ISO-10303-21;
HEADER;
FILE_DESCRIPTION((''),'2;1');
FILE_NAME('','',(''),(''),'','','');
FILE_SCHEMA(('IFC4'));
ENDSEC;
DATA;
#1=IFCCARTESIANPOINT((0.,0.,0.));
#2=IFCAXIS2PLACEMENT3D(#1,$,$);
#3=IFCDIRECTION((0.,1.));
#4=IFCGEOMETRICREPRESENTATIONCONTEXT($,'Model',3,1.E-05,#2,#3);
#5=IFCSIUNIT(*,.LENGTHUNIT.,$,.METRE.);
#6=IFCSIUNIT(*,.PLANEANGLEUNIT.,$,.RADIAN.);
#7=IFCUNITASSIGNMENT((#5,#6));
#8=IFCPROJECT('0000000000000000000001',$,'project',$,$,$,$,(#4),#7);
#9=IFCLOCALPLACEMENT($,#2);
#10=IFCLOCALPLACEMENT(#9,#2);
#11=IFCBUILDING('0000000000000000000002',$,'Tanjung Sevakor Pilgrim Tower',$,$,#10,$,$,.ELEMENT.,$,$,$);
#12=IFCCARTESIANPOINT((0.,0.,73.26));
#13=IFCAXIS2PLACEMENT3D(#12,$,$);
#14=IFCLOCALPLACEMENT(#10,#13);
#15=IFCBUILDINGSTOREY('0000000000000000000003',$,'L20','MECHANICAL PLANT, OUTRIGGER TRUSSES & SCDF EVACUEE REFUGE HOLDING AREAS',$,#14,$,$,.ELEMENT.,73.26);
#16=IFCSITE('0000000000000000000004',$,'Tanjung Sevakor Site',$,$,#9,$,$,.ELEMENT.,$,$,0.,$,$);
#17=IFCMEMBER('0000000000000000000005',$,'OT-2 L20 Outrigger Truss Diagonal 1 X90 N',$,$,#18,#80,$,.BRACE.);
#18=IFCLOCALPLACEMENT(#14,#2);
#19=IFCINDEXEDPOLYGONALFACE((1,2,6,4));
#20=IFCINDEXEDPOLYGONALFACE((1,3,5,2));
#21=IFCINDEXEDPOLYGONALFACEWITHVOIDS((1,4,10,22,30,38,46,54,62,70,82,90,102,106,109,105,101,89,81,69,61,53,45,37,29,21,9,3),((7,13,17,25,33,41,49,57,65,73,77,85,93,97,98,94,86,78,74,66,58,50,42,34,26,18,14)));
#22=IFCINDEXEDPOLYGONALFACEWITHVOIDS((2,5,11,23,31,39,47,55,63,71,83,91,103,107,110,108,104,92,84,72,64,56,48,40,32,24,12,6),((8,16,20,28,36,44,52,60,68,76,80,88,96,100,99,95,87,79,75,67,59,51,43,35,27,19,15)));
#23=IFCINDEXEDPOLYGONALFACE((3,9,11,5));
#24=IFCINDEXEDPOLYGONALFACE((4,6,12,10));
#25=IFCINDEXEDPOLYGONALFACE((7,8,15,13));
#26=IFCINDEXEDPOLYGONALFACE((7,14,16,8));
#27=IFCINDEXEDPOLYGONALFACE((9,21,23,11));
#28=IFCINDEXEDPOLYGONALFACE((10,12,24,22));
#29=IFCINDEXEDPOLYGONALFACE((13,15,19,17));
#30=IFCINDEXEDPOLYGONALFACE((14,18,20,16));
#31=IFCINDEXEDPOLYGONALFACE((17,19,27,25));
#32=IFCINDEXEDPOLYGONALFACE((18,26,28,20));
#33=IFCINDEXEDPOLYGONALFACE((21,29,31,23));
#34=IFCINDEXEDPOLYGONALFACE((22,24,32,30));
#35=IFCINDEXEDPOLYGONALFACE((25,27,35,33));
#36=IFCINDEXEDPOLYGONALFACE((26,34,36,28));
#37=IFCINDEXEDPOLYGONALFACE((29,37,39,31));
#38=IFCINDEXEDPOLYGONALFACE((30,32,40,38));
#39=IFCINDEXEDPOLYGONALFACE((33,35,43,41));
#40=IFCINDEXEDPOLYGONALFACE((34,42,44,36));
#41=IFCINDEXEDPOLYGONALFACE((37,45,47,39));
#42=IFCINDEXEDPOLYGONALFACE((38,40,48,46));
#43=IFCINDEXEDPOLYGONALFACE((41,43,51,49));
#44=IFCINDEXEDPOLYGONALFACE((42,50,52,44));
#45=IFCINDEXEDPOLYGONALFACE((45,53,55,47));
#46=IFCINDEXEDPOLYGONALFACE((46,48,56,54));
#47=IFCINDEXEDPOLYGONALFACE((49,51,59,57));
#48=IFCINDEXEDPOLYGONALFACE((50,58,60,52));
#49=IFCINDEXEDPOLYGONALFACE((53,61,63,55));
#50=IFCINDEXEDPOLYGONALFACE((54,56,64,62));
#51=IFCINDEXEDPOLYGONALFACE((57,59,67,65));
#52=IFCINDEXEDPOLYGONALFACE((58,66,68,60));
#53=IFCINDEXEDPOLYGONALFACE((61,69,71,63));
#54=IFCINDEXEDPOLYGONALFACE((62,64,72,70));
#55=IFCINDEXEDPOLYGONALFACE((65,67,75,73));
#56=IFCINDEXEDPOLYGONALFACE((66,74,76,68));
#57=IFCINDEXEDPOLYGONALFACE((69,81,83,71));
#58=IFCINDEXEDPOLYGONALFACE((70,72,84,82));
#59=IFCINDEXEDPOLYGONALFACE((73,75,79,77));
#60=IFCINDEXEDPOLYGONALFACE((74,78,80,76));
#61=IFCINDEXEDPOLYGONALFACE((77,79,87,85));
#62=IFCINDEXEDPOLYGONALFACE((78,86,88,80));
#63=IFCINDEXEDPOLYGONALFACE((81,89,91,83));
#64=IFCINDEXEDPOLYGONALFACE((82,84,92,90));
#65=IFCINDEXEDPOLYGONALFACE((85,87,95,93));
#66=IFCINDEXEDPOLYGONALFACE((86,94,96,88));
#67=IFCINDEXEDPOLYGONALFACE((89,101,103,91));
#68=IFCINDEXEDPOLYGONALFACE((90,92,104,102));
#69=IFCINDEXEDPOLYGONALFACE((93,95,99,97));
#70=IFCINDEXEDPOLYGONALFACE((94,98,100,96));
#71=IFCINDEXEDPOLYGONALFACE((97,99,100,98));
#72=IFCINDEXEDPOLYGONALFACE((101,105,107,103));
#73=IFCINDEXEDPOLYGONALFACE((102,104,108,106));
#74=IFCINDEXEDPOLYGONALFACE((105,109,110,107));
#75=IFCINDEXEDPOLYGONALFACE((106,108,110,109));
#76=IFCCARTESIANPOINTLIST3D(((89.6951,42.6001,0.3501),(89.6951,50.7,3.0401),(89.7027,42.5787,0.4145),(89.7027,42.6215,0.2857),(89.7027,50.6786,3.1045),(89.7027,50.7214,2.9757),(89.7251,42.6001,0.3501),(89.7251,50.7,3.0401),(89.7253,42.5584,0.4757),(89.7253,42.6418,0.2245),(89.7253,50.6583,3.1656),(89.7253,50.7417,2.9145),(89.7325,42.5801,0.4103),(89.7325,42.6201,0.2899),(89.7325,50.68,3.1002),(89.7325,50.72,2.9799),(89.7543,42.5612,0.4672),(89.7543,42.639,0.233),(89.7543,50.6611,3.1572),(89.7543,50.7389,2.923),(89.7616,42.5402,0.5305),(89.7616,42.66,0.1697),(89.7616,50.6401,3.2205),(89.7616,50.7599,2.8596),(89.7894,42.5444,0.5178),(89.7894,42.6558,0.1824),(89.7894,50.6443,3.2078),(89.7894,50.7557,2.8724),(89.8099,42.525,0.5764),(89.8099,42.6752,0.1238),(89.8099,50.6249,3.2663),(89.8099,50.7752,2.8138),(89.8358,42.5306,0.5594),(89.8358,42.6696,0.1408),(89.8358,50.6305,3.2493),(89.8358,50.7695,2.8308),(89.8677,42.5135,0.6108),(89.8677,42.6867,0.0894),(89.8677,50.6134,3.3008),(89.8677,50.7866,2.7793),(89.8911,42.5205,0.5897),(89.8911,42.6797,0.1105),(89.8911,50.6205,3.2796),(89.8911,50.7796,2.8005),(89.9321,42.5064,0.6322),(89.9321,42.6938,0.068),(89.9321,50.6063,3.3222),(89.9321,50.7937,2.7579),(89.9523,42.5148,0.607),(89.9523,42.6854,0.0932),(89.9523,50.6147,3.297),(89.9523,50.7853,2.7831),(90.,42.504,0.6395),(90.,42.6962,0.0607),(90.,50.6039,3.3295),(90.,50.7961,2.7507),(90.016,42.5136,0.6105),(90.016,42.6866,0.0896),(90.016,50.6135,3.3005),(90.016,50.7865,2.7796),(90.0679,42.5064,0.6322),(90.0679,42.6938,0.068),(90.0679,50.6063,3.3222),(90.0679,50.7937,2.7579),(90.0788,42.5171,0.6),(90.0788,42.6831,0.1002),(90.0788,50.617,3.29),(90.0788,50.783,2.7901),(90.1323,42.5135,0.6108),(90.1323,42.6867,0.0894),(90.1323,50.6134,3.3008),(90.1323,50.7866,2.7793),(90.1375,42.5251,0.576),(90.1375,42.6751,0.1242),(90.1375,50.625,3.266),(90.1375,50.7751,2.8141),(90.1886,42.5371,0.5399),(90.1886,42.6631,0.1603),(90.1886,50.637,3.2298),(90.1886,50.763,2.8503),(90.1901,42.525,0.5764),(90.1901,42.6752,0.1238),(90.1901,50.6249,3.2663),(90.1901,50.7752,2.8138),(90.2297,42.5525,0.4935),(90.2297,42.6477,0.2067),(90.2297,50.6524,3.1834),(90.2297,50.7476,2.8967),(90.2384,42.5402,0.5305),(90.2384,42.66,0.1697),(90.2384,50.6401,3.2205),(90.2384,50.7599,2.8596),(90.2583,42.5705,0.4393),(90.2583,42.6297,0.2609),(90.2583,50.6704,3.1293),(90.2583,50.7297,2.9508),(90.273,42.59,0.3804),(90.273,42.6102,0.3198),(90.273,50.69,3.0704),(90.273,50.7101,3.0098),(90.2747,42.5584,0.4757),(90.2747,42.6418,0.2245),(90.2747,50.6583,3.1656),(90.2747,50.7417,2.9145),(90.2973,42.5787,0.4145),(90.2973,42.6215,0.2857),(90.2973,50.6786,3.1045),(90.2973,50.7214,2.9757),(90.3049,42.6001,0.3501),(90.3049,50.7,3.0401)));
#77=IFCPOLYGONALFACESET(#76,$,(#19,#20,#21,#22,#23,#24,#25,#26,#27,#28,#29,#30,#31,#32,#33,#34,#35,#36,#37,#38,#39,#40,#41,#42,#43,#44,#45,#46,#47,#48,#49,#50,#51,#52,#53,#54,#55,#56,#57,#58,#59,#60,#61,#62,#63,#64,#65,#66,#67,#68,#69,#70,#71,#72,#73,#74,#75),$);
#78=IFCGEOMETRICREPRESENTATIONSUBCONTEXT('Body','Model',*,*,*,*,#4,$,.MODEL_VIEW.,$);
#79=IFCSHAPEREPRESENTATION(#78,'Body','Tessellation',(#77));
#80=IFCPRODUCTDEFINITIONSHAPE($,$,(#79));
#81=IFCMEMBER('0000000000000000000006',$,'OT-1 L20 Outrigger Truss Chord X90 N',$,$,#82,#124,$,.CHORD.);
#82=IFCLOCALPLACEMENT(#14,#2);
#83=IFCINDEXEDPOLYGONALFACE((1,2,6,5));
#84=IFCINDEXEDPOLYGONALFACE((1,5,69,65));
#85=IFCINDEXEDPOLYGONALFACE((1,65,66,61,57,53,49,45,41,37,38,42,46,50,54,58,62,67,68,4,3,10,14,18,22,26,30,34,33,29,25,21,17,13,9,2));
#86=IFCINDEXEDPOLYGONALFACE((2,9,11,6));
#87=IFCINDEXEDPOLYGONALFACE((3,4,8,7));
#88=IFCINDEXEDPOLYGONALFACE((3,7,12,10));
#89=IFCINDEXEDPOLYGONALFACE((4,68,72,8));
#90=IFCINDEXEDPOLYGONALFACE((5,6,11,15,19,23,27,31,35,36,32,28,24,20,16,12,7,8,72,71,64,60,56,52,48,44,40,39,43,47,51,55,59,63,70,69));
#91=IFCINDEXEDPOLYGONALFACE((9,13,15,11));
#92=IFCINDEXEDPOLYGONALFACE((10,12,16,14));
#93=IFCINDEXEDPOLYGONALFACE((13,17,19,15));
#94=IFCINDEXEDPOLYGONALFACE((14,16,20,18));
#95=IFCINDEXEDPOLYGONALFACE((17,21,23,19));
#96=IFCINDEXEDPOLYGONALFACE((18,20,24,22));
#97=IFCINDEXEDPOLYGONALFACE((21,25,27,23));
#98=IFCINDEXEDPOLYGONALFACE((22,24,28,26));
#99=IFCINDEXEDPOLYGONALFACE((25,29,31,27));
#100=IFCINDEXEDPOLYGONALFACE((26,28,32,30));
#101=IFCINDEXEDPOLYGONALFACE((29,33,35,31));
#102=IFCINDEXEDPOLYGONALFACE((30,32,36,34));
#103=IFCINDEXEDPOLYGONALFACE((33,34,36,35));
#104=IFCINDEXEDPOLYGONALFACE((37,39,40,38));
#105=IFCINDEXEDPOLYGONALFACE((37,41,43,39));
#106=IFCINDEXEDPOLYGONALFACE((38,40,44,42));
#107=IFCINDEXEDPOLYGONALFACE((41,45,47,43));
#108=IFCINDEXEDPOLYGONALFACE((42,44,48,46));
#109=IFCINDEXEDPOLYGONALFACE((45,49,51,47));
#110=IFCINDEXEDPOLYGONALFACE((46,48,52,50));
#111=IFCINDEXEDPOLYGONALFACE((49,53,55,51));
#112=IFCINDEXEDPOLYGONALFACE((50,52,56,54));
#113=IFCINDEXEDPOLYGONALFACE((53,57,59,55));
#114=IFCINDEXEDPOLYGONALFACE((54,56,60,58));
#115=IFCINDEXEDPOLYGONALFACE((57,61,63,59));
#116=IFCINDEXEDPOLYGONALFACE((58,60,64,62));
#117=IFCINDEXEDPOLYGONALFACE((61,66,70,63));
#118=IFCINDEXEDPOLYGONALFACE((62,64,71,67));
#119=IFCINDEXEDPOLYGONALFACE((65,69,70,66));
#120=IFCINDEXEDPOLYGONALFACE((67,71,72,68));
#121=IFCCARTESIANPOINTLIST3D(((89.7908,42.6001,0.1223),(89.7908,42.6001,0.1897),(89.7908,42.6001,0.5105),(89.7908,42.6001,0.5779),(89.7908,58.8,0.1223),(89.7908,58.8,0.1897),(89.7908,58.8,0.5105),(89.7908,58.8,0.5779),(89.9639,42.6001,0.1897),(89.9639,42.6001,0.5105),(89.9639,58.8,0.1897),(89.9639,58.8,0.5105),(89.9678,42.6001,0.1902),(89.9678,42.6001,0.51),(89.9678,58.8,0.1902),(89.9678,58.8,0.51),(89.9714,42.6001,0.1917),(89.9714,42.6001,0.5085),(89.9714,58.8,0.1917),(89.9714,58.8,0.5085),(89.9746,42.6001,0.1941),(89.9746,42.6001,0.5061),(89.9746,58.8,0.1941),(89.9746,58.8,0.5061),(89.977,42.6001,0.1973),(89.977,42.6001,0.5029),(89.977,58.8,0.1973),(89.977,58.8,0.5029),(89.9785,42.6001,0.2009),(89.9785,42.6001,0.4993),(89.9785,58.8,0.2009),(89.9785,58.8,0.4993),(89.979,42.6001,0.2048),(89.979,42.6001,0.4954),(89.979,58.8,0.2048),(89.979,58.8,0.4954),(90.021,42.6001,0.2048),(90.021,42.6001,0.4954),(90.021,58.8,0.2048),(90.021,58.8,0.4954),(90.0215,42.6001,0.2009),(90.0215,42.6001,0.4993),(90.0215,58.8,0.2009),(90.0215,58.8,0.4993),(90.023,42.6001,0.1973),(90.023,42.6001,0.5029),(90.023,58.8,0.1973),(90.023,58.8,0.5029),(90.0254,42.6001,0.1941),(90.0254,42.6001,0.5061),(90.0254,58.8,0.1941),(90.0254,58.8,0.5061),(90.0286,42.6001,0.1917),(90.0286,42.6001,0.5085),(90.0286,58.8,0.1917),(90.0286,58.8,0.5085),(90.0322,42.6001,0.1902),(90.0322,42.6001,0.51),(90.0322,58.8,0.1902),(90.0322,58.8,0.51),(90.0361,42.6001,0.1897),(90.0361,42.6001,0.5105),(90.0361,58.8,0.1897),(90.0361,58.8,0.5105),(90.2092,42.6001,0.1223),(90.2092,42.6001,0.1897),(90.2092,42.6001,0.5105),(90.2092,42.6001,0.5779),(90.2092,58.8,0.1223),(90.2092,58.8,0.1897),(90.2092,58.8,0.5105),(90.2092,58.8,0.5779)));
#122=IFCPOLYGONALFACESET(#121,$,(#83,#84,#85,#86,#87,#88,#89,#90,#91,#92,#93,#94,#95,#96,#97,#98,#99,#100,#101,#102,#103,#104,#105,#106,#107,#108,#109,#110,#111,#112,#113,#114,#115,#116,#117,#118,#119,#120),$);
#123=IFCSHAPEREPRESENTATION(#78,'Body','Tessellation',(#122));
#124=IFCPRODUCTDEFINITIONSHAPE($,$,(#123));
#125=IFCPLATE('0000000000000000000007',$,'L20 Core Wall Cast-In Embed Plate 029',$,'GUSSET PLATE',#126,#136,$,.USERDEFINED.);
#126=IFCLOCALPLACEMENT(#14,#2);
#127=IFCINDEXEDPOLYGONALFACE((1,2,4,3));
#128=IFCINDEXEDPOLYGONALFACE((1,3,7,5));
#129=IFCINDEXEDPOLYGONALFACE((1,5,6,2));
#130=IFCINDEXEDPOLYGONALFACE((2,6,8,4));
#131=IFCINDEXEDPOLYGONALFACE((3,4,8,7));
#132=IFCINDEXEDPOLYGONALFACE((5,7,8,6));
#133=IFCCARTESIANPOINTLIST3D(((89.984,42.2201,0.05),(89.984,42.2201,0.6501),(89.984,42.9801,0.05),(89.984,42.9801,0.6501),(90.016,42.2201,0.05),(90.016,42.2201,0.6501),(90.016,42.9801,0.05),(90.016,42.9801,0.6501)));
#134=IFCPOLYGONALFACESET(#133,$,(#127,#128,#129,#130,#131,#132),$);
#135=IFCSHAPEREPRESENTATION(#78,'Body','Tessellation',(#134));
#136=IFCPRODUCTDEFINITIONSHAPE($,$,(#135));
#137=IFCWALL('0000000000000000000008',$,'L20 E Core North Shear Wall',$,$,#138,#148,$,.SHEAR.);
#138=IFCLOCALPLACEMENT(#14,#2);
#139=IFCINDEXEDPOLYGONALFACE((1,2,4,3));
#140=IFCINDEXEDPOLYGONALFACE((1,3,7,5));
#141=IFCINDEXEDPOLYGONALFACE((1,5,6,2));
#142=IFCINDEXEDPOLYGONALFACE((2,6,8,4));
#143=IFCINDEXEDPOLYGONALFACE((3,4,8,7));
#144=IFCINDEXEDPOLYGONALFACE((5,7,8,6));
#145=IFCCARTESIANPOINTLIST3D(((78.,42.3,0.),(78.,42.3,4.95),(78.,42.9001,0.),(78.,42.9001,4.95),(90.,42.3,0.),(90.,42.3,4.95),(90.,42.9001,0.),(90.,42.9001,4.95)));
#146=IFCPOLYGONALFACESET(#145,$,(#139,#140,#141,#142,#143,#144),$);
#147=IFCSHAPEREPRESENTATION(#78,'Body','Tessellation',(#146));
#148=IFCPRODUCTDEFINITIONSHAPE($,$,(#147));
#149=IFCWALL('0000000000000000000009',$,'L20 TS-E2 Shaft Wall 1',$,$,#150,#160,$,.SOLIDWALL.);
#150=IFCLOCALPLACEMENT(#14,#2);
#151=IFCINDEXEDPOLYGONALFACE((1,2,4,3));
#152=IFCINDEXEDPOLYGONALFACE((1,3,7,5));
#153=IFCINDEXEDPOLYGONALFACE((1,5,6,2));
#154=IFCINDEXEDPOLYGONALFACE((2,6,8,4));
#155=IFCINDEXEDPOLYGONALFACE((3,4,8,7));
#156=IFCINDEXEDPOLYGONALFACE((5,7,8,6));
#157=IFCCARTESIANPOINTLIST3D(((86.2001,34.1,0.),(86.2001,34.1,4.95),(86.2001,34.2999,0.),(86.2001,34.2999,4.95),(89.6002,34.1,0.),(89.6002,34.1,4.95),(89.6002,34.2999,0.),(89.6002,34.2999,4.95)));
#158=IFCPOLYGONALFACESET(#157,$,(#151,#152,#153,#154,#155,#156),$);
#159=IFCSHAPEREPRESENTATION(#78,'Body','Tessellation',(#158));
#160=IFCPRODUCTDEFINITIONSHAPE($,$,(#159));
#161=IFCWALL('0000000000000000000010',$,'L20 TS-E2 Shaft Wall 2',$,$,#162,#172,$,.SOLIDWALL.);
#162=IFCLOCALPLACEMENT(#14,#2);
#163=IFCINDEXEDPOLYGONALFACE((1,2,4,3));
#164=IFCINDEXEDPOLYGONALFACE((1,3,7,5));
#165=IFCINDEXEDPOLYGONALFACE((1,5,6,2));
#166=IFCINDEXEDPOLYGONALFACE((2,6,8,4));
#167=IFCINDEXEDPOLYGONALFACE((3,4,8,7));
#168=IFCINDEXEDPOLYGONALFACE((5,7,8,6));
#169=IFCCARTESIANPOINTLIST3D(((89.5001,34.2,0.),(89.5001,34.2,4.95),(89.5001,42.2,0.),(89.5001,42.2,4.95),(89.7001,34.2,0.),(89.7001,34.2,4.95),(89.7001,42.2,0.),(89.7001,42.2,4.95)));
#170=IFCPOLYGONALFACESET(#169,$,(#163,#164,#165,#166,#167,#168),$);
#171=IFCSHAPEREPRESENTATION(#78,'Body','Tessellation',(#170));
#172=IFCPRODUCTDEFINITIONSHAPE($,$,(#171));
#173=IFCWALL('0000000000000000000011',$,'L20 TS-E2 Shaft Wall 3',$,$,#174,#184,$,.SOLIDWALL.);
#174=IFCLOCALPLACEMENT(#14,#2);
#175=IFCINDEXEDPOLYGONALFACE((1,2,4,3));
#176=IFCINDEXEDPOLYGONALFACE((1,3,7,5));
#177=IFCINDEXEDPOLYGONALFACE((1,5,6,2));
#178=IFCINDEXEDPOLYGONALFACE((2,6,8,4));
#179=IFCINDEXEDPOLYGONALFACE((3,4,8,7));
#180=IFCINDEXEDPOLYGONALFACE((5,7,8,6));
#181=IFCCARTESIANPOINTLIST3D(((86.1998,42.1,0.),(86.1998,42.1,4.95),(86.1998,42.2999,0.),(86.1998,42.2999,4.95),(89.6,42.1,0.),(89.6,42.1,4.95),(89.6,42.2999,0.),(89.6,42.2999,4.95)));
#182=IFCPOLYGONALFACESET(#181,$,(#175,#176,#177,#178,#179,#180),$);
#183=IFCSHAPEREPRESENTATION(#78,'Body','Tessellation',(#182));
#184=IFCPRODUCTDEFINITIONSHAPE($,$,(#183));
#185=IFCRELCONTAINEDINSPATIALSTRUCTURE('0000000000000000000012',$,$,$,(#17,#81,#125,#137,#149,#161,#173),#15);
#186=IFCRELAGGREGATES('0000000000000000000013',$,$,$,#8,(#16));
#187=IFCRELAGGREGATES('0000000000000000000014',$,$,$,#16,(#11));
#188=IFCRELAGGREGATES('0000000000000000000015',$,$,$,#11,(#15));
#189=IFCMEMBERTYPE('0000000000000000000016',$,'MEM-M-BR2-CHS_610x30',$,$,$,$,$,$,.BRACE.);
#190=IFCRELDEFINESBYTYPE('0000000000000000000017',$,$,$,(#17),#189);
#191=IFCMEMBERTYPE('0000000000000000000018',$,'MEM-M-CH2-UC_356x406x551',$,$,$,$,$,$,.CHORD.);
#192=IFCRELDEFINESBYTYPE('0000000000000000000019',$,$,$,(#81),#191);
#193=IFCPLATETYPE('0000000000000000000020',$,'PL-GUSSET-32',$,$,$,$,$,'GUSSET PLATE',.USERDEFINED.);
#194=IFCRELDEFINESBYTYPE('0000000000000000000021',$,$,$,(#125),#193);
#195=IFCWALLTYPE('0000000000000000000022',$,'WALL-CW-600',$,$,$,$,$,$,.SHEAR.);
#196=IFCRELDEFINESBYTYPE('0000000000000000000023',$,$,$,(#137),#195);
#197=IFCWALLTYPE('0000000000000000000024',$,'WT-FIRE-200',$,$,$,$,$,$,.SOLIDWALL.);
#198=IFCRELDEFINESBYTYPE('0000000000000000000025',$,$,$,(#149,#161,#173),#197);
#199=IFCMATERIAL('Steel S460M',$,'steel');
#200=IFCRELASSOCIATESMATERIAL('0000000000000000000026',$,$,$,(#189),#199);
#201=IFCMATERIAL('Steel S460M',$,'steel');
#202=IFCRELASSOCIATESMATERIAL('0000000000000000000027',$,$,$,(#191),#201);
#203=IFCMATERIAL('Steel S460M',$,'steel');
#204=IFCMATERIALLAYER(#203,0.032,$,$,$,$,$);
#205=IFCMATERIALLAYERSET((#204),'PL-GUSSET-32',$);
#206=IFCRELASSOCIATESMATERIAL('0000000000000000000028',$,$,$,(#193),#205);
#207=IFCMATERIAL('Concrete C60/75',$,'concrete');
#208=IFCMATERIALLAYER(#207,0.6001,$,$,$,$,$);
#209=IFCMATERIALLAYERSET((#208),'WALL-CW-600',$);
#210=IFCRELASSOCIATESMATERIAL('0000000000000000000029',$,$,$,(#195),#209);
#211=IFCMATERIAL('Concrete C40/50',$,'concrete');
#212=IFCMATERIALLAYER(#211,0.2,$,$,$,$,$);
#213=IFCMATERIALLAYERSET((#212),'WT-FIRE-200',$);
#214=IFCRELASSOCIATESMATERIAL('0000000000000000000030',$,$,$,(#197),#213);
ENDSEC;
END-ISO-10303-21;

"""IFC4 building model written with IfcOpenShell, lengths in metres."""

from ifc_helpers import new_model, si_unit, direction, frame, frame_2d, origin, origin_2d, place, context, subcontext, project, spatial, rectangle, hollow_circle, i_section, extrude, material, layer, layer_set, material_profile, profile_set, type_object, element, save


model = new_model("IFC4")

# Units and contexts
model_context = context("Model", 3, precision=1e-05, world=origin(), true_north=direction((0.0, 1.0)))
body_context = subcontext(model_context, "Body", "Model", "MODEL_VIEW")
ifc_project = project(units=[si_unit("LENGTHUNIT", "METRE"), si_unit("PLANEANGLEUNIT", "RADIAN")], contexts=[model_context])

# Site, building, storey
site_placement = place(None, origin())
site = spatial("IfcSite", under=ifc_project, at=site_placement, Name="Tanjung Sevakor Site", CompositionType="ELEMENT", RefElevation=0.0)
building_placement = place(site_placement, origin())
building = spatial("IfcBuilding", under=site, at=building_placement, Name="Tanjung Sevakor Pilgrim Tower", CompositionType="ELEMENT")
storey_placement = place(building_placement, frame((0.0, 0.0, 73.26)))
storey = spatial("IfcBuildingStorey", under=building, at=storey_placement, Name="L20", Description="MECHANICAL PLANT, OUTRIGGER TRUSSES & SCDF EVACUEE REFUGE HOLDING AREAS", CompositionType="ELEMENT", Elevation=73.26)

# Members
ifc_material_1 = material(Name="Steel S460M", Category="steel")
ifc_material_profile_1 = material_profile(ifc_material_1, hollow_circle(Radius=0.3049, WallThickness=0.03, at=origin_2d()))
ifc_profile_set_1 = profile_set([ifc_material_profile_1], Name="Steel S460M")
member_type_1 = type_object("IfcMemberType", Name="MEM-M-BR2-CHS_610x30", PredefinedType="BRACE", material=ifc_profile_set_1)
member_1_placement = place(storey_placement, frame((90.0, 42.6001, 0.3501), z_axis=(0.0, 0.949035, 0.315172), x_axis=(-1.0, 0.0, 0.0)))
element("IfcMember", 1, at=member_1_placement, inside=storey, type_object=member_type_1, Name="OT-2 L20 Outrigger Truss Diagonal 1 X90 N", PredefinedType="BRACE", context=body_context, shape_type="SweptSolid", body=[
    extrude(hollow_circle(Radius=0.3049, WallThickness=0.03, at=origin_2d()), origin(), (0.0, 0.0, 1.0), 8.5349),
])
ifc_material_2 = material(Name="Steel S460M", Category="steel")
ifc_material_profile_2 = material_profile(ifc_material_2, i_section(OverallWidth=0.4185, OverallDepth=0.4556, WebThickness=0.042, FlangeThickness=0.0674, FilletRadius=0.0151, at=origin_2d()))
ifc_profile_set_2 = profile_set([ifc_material_profile_2], Name="Steel S460M")
member_type_2 = type_object("IfcMemberType", Name="MEM-M-CH2-UC_356x406x551", PredefinedType="CHORD", material=ifc_profile_set_2)
member_2_placement = place(storey_placement, frame((90.0, 42.6001, 0.3501), z_axis=(0.0, 1.0, 0.0), x_axis=(-1.0, 0.0, 0.0)))
element("IfcMember", 2, at=member_2_placement, inside=storey, type_object=member_type_2, Name="OT-1 L20 Outrigger Truss Chord X90 N", PredefinedType="CHORD", context=body_context, shape_type="SweptSolid", body=[
    extrude(i_section(OverallWidth=0.4185, OverallDepth=0.4556, WebThickness=0.042, FlangeThickness=0.0674, FilletRadius=0.0151, at=origin_2d()), origin(), (0.0, 0.0, 1.0), 16.2),
])

# Plate
ifc_material_3 = material(Name="Steel S460M", Category="steel")
ifc_layer_1 = layer(ifc_material_3, 0.032)
ifc_layer_set_1 = layer_set([ifc_layer_1], Name="PL-GUSSET-32")
plate_type = type_object("IfcPlateType", Name="PL-GUSSET-32", ElementType="GUSSET PLATE", PredefinedType="USERDEFINED", material=ifc_layer_set_1)
plate_placement = place(storey_placement, frame((90.0, 42.6001, 0.05), z_axis=(0.0, 0.0, 1.0), x_axis=(1.0, 0.0, 0.0)))
element("IfcPlate", 3, at=plate_placement, inside=storey, type_object=plate_type, Name="L20 Core Wall Cast-In Embed Plate 029", ObjectType="GUSSET PLATE", PredefinedType="USERDEFINED", context=body_context, shape_type="SweptSolid", body=[
    extrude(rectangle(XDim=0.032, YDim=0.76, at=origin_2d()), origin(), (0.0, 0.0, 1.0), 0.6001),
])

# Walls
ifc_material_4 = material(Name="Concrete C60/75", Category="concrete")
ifc_layer_2 = layer(ifc_material_4, 0.6001)
ifc_layer_set_2 = layer_set([ifc_layer_2], Name="WALL-CW-600")
wall_type_1 = type_object("IfcWallType", Name="WALL-CW-600", PredefinedType="SHEAR", material=ifc_layer_set_2)
wall_1_placement = place(storey_placement, frame((90.0, 42.6001, 0.0), z_axis=(0.0, 0.0, 1.0), x_axis=(-1.0, 0.0, 0.0)))
element("IfcWall", 4, at=wall_1_placement, inside=storey, type_object=wall_type_1, Name="L20 E Core North Shear Wall", PredefinedType="SHEAR", context=body_context, shape_type="SweptSolid", body=[
    extrude(rectangle(XDim=12.0, YDim=0.6001, at=frame_2d((6.0, 0.0))), origin(), (0.0, 0.0, 1.0), 4.95),
])
ifc_material_5 = material(Name="Concrete C40/50", Category="concrete")
ifc_layer_3 = layer(ifc_material_5, 0.2)
ifc_layer_set_3 = layer_set([ifc_layer_3], Name="WT-FIRE-200")
wall_type_2 = type_object("IfcWallType", Name="WT-FIRE-200", PredefinedType="SOLIDWALL", material=ifc_layer_set_3)
wall_2_placement = place(storey_placement, frame((86.2, 34.2, 0.0), z_axis=(0.0, 0.0, 1.0), x_axis=(1.0, 0.0, 0.0)))
element("IfcWall", 5, at=wall_2_placement, inside=storey, type_object=wall_type_2, Name="L20 TS-E2 Shaft Wall 1", PredefinedType="SOLIDWALL", context=body_context, shape_type="SweptSolid", body=[
    extrude(rectangle(XDim=3.4001, YDim=0.2, at=frame_2d((1.7002, 0.0))), origin(), (0.0, 0.0, 1.0), 4.95),
])
wall_3_placement = place(storey_placement, frame((89.6001, 34.2, 0.0), z_axis=(0.0, 0.0, 1.0), x_axis=(0.0, 1.0, 0.0)))
element("IfcWall", 6, at=wall_3_placement, inside=storey, type_object=wall_type_2, Name="L20 TS-E2 Shaft Wall 2", PredefinedType="SOLIDWALL", context=body_context, shape_type="SweptSolid", body=[
    extrude(rectangle(XDim=8.0, YDim=0.2, at=frame_2d((4.0, 0.0))), origin(), (0.0, 0.0, 1.0), 4.95),
])
wall_4_placement = place(storey_placement, frame((89.6001, 42.2, 0.0), z_axis=(0.0, 0.0, 1.0), x_axis=(-1.0, 0.0, 0.0)))
element("IfcWall", 7, at=wall_4_placement, inside=storey, type_object=wall_type_2, Name="L20 TS-E2 Shaft Wall 3", PredefinedType="SOLIDWALL", context=body_context, shape_type="SweptSolid", body=[
    extrude(rectangle(XDim=3.4001, YDim=0.2, at=frame_2d((1.7002, 0.0))), origin(), (0.0, 0.0, 1.0), 4.95),
])

save(model, "model.ifc")
